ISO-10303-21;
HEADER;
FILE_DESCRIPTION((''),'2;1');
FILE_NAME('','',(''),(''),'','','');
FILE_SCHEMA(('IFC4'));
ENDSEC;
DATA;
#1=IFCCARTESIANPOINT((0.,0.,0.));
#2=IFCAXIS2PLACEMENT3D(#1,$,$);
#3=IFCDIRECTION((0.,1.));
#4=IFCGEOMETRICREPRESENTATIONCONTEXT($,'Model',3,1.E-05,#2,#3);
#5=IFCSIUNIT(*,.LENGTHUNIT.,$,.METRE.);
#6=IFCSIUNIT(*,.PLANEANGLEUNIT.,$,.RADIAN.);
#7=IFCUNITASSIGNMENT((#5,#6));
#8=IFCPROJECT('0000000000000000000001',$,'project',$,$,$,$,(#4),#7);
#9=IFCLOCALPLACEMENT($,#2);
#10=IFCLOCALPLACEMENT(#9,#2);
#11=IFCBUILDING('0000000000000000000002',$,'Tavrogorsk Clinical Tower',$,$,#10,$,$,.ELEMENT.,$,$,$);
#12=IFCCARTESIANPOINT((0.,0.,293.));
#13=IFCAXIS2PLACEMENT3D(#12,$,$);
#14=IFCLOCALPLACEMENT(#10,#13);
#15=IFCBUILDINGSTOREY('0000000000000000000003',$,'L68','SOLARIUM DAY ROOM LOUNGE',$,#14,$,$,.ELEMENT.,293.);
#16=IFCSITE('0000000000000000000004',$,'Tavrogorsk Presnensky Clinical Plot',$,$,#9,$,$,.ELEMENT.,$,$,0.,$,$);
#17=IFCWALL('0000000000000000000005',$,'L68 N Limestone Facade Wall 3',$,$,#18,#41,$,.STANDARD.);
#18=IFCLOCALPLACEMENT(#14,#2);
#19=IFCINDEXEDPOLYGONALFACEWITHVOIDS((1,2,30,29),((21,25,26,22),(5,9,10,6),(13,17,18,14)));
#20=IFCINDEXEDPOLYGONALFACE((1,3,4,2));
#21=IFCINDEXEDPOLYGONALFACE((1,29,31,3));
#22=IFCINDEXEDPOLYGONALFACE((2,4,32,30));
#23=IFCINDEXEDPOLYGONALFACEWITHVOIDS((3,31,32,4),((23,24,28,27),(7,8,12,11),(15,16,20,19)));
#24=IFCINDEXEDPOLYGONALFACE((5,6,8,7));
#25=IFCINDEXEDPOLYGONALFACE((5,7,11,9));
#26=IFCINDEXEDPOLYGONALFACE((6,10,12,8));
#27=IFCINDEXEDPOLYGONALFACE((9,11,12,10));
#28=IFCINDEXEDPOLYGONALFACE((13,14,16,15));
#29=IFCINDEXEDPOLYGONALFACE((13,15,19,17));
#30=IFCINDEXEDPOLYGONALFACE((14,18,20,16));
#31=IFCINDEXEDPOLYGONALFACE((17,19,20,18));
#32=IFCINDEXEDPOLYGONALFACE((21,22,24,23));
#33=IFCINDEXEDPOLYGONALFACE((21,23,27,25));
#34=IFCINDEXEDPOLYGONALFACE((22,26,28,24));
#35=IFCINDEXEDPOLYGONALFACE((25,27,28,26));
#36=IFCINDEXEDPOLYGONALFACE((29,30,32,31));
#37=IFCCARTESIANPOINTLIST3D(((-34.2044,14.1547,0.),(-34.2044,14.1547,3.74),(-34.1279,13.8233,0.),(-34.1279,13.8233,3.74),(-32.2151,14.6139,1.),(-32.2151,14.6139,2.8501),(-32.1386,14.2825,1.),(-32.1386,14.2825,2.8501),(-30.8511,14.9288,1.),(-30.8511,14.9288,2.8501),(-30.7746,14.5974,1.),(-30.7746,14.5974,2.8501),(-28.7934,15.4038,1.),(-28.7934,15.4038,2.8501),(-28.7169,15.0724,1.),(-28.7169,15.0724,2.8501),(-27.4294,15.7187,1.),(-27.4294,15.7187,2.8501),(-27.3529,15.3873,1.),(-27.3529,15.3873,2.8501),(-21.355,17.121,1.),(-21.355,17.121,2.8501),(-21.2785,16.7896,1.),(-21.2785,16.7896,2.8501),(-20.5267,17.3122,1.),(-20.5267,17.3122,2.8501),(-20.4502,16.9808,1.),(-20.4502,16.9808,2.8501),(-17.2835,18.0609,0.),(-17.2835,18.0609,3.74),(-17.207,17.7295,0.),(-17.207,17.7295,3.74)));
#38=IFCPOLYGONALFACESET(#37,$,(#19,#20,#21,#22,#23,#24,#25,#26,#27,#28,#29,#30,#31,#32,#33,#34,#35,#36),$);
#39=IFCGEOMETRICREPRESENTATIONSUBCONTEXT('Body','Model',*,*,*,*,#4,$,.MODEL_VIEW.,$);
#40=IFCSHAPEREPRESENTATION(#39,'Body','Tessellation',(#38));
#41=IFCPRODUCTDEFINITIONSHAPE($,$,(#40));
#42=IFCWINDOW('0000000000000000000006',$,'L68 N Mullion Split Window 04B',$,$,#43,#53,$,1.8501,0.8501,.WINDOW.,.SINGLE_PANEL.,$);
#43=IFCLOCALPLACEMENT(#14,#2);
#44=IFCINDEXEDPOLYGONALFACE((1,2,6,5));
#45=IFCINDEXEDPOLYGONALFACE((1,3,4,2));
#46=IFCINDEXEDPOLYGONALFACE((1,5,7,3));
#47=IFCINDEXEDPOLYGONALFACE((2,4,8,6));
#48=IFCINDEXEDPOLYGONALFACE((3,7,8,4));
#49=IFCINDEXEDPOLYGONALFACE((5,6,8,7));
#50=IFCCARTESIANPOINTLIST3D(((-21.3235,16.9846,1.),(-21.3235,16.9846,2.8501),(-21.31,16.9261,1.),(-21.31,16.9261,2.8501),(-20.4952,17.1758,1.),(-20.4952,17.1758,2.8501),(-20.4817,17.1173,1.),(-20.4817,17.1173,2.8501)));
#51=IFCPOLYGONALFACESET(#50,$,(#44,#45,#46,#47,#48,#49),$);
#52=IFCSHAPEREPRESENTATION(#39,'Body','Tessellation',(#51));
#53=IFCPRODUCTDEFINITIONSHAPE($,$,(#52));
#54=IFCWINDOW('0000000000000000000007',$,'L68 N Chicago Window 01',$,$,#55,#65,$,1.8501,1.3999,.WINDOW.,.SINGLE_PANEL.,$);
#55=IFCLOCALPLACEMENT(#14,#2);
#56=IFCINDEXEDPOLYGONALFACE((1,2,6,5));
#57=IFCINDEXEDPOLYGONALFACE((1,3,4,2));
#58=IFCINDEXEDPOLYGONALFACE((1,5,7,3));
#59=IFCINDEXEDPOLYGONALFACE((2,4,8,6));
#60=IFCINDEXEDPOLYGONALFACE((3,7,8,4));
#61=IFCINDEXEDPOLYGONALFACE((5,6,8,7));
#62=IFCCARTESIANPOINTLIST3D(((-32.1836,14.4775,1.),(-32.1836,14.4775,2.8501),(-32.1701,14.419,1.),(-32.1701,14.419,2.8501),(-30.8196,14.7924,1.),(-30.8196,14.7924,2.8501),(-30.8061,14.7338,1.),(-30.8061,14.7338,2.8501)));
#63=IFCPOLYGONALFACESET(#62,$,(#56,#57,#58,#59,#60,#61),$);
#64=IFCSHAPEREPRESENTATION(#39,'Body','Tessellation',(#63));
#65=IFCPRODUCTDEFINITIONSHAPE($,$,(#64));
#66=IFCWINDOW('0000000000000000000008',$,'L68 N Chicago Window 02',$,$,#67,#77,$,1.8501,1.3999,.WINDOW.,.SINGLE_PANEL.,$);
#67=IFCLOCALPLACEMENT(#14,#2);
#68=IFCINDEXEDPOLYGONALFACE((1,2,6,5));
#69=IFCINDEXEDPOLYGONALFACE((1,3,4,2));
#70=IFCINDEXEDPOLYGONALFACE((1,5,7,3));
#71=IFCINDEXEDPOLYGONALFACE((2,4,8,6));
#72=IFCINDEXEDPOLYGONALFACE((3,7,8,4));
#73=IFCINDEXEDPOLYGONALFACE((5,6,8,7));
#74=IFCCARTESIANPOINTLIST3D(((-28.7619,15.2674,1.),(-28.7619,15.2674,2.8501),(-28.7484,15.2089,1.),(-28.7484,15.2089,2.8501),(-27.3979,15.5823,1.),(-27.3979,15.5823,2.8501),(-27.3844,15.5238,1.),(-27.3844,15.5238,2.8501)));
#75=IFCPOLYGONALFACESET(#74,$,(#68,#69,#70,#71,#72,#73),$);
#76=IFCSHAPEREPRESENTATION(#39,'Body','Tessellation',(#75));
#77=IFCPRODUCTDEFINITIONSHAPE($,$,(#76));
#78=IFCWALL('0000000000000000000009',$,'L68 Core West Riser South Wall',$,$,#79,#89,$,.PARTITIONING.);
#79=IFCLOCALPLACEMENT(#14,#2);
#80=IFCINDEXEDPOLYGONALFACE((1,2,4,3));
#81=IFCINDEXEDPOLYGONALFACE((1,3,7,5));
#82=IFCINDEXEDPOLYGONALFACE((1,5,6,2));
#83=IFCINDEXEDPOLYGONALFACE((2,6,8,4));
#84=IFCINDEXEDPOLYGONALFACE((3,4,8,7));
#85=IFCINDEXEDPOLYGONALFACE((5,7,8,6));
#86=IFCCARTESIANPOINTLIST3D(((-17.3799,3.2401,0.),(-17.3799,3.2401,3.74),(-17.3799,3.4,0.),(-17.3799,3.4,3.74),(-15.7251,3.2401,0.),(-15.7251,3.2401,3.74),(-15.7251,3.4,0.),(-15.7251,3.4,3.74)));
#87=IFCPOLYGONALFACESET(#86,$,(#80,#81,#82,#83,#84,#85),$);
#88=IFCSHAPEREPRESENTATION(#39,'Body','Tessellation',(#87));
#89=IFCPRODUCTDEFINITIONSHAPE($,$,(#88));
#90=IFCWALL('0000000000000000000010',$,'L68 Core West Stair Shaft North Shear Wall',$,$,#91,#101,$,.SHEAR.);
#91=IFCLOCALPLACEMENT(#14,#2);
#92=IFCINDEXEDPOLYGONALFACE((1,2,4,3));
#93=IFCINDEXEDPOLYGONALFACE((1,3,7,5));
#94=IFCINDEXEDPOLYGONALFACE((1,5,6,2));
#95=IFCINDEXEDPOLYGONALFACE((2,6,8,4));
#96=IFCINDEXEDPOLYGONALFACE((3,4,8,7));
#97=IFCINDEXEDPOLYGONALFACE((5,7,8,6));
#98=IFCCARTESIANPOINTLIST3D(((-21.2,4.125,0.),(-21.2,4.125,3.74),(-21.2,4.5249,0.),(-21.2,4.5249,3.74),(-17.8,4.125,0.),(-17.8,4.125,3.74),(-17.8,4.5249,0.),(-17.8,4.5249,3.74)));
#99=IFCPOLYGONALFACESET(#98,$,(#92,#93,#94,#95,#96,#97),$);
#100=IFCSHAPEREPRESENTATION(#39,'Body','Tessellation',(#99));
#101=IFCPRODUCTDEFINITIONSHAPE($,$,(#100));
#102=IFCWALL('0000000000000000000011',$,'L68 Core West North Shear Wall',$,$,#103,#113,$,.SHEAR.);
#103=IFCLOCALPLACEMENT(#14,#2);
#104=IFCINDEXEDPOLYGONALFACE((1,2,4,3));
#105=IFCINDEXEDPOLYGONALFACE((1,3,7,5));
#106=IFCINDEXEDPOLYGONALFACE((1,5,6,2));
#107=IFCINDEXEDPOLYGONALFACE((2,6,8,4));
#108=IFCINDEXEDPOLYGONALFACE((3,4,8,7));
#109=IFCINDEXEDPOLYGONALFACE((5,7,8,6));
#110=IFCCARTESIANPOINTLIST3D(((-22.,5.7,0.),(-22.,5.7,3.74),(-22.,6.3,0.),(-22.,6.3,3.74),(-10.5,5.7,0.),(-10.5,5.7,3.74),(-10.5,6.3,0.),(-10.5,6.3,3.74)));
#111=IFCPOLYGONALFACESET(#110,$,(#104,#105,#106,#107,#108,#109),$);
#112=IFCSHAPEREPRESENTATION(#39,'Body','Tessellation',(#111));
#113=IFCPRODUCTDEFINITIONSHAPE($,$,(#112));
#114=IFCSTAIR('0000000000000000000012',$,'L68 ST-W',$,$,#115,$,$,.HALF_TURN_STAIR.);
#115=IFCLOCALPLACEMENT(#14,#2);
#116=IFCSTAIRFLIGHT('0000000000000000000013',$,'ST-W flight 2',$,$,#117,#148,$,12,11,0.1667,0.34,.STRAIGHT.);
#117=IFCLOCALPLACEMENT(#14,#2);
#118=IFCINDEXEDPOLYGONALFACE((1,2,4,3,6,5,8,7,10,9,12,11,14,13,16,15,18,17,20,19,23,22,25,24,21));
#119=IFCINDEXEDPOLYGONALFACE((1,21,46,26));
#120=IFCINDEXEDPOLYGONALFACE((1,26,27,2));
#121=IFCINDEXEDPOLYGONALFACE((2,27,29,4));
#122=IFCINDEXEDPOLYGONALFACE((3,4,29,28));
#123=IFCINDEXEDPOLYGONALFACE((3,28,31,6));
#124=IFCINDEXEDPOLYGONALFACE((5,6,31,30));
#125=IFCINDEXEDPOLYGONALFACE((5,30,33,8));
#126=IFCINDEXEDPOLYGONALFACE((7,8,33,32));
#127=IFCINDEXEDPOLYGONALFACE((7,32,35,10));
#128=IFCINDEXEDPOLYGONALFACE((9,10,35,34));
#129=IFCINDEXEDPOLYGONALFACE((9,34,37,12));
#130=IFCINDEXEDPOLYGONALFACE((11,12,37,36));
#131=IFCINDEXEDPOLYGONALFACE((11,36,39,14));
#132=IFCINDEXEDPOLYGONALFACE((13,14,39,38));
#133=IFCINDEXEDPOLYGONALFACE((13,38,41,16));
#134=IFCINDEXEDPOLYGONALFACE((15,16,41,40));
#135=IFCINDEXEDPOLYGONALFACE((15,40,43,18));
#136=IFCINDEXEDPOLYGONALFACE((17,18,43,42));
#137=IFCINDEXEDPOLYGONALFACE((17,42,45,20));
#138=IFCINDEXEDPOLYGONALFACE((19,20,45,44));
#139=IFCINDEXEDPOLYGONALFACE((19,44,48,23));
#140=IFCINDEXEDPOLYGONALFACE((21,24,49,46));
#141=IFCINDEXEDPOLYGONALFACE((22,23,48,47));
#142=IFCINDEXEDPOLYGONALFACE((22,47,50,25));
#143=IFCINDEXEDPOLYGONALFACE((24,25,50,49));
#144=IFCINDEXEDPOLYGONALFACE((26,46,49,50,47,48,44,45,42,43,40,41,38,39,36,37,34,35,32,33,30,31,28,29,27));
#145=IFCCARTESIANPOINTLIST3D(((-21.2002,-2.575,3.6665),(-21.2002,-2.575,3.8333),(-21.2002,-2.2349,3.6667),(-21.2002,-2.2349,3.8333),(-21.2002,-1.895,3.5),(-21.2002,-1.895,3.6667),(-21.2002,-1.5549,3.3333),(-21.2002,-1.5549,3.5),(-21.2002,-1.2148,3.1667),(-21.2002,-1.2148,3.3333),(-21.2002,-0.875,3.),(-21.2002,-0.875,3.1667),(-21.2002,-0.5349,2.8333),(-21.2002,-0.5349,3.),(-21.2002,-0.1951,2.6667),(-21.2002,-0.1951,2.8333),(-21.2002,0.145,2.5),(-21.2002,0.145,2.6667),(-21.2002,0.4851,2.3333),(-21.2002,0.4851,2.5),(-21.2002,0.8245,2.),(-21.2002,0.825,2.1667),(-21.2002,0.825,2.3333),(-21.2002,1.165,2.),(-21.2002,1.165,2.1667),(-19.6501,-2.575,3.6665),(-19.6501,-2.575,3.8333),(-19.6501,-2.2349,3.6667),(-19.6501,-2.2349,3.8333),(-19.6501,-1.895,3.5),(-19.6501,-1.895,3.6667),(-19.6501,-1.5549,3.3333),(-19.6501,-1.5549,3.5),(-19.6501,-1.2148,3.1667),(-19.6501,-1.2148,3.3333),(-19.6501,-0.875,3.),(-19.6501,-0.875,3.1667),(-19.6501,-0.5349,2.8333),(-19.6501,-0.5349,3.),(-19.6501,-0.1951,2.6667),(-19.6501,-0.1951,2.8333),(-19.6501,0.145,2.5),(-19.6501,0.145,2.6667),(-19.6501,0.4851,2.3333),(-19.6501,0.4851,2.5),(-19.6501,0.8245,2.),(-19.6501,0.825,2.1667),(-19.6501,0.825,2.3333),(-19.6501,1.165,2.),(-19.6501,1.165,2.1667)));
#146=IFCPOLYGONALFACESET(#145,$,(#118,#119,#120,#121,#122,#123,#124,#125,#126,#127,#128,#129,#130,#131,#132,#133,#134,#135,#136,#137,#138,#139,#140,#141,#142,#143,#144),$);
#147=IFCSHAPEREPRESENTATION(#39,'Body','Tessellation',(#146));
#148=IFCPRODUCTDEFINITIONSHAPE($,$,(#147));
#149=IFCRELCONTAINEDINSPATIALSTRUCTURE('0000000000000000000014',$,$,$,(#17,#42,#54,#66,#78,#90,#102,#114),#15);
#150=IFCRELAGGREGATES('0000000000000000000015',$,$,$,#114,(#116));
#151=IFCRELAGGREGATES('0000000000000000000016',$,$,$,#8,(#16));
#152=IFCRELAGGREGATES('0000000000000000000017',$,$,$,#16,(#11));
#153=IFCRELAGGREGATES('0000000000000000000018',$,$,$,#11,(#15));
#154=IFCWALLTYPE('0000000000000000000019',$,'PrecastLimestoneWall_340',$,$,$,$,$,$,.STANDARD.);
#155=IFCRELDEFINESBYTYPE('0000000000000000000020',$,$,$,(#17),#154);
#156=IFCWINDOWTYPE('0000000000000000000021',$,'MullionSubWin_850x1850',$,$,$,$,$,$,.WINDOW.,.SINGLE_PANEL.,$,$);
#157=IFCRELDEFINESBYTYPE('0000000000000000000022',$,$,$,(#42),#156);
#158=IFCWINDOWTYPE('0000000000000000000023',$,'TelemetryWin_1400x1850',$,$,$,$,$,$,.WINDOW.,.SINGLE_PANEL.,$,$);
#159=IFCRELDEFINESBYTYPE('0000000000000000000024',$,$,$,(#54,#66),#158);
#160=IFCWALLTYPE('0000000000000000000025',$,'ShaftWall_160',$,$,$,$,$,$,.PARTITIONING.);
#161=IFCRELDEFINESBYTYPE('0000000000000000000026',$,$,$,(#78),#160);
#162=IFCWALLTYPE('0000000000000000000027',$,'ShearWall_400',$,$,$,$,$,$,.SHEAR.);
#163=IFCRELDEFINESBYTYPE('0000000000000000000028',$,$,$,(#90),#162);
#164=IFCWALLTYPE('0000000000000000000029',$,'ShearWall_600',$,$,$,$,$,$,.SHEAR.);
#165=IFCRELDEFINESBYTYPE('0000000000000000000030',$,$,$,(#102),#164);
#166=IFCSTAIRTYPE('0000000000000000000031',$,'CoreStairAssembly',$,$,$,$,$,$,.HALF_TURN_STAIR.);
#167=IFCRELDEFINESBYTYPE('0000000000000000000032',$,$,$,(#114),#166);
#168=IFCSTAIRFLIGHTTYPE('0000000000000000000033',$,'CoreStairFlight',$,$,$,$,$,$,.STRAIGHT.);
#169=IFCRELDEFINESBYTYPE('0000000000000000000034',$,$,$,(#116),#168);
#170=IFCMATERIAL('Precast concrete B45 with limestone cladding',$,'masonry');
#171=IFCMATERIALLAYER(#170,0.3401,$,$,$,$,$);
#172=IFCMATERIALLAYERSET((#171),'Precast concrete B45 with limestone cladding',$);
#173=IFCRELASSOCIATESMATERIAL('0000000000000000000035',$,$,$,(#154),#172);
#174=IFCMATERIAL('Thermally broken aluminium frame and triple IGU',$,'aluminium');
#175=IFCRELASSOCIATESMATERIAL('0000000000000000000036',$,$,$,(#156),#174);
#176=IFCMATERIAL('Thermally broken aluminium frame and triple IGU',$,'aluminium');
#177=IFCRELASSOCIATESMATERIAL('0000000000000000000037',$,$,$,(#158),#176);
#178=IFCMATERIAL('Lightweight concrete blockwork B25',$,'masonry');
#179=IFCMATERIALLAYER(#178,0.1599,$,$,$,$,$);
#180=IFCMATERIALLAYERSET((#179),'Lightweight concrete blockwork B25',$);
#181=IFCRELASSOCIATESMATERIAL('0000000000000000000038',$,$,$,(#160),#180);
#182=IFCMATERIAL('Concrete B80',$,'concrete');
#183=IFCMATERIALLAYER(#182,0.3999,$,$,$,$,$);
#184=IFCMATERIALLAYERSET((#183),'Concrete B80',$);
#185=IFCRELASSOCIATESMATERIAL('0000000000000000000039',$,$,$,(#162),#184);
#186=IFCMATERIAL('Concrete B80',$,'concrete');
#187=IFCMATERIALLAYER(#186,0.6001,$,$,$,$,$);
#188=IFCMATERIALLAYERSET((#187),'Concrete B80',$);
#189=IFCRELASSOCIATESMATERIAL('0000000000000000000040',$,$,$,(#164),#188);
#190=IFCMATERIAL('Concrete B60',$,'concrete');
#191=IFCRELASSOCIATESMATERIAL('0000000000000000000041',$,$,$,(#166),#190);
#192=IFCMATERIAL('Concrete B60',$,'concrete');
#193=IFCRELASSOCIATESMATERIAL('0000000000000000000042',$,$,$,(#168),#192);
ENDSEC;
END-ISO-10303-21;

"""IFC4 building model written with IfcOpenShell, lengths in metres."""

from ifc_helpers import new_model, si_unit, direction, frame, frame_2d, origin, place, context, subcontext, project, spatial, polyline, rectangle, outline, extrude, material, layer, layer_set, type_object, element, fill, aggregate, save


model = new_model("IFC4")

# Units and contexts
model_context = context("Model", 3, precision=1e-05, world=origin(), true_north=direction((0.0, 1.0)))
body_context = subcontext(model_context, "Body", "Model", "MODEL_VIEW")
ifc_project = project(units=[si_unit("LENGTHUNIT", "METRE"), si_unit("PLANEANGLEUNIT", "RADIAN")], contexts=[model_context])

# Site, building, storey
site_placement = place(None, origin())
site = spatial("IfcSite", under=ifc_project, at=site_placement, Name="Tavrogorsk Presnensky Clinical Plot", CompositionType="ELEMENT", RefElevation=0.0)
building_placement = place(site_placement, origin())
building = spatial("IfcBuilding", under=site, at=building_placement, Name="Tavrogorsk Clinical Tower", CompositionType="ELEMENT")
storey_placement = place(building_placement, frame((0.0, 0.0, 293.0)))
storey = spatial("IfcBuildingStorey", under=building, at=storey_placement, Name="L68", Description="SOLARIUM DAY ROOM LOUNGE", CompositionType="ELEMENT", Elevation=293.0)

# Wall, openings, windows
ifc_material_1 = material(Name="Precast concrete B45 with limestone cladding", Category="masonry")
ifc_layer_1 = layer(ifc_material_1, 0.3401)
ifc_layer_set_1 = layer_set([ifc_layer_1], Name="Precast concrete B45 with limestone cladding")
wall_type_1 = type_object("IfcWallType", Name="PrecastLimestoneWall_340", PredefinedType="STANDARD", material=ifc_layer_set_1)
wall_1_placement = place(storey_placement, frame((-17.2451, 17.8953, 0.0), z_axis=(0.0, 0.0, 1.0), x_axis=(-0.974373, -0.224938, 0.0)))
wall_1 = element("IfcWall", 1, at=wall_1_placement, inside=storey, type_object=wall_type_1, Name="L68 N Limestone Facade Wall 3", PredefinedType="STANDARD", context=body_context, shape_type="SweptSolid", body=[
    extrude(rectangle(XDim=17.366, YDim=0.3401, at=frame_2d((8.6831, 0.0))), origin(), (0.0, 0.0, 1.0), 3.74),
])
opening_1_placement = place(wall_1_placement, frame((13.9246, 0.0, 1.0)))
opening_1 = element("IfcOpeningElement", 2, at=opening_1_placement, cuts=wall_1, PredefinedType="OPENING", context=body_context, shape_type="SweptSolid", body=[
    extrude(rectangle(XDim=1.3999, YDim=1.8501, at=frame_2d((0.7, 0.925))), frame((0.0, 0.1799, 0.0), z_axis=(0.0, -1.0, 0.0), x_axis=(1.0, 0.0, 0.0)), (0.0, 0.0, 1.0), 0.3601),
])
opening_2_placement = place(wall_1_placement, frame((10.4128, 0.0, 1.0)))
opening_2 = element("IfcOpeningElement", 3, at=opening_2_placement, cuts=wall_1, PredefinedType="OPENING", context=body_context, shape_type="SweptSolid", body=[
    extrude(rectangle(XDim=1.3999, YDim=1.8501, at=frame_2d((0.7, 0.925))), frame((0.0, 0.1799, 0.0), z_axis=(0.0, -1.0, 0.0), x_axis=(1.0, 0.0, 0.0)), (0.0, 0.0, 1.0), 0.3601),
])
opening_3_placement = place(wall_1_placement, frame((3.3286, 0.0, 1.0)))
opening_3 = element("IfcOpeningElement", 4, at=opening_3_placement, cuts=wall_1, PredefinedType="OPENING", context=body_context, shape_type="SweptSolid", body=[
    extrude(rectangle(XDim=0.8501, YDim=1.8501, at=frame_2d((0.425, 0.925))), frame((0.0, 0.1799, 0.0), z_axis=(0.0, -1.0, 0.0), x_axis=(1.0, 0.0, 0.0)), (0.0, 0.0, 1.0), 0.3601),
])
ifc_material_2 = material(Name="Thermally broken aluminium frame and triple IGU", Category="aluminium")
window_type_1 = type_object("IfcWindowType", Name="MullionSubWin_850x1850", PartitioningType="SINGLE_PANEL", PredefinedType="WINDOW", material=ifc_material_2)
window_1_placement = place(opening_3_placement, origin())
window_1 = element("IfcWindow", 5, at=window_1_placement, inside=storey, type_object=window_type_1, Name="L68 N Mullion Split Window 04B", OverallHeight=1.8501, OverallWidth=0.8501, PartitioningType="SINGLE_PANEL", PredefinedType="WINDOW", context=body_context, shape_type="SweptSolid", body=[
    extrude(rectangle(XDim=0.8501, YDim=1.8501, at=frame_2d((0.425, 0.925))), frame((0.0, 0.03, 0.0), z_axis=(0.0, -1.0, 0.0), x_axis=(1.0, 0.0, 0.0)), (0.0, 0.0, 1.0), 0.0601),
])
fill(opening_3, window_1)
ifc_material_3 = material(Name="Thermally broken aluminium frame and triple IGU", Category="aluminium")
window_type_2 = type_object("IfcWindowType", Name="TelemetryWin_1400x1850", PartitioningType="SINGLE_PANEL", PredefinedType="WINDOW", material=ifc_material_3)
window_2_placement = place(opening_1_placement, origin())
window_2 = element("IfcWindow", 6, at=window_2_placement, inside=storey, type_object=window_type_2, Name="L68 N Chicago Window 01", OverallHeight=1.8501, OverallWidth=1.3999, PartitioningType="SINGLE_PANEL", PredefinedType="WINDOW", context=body_context, shape_type="SweptSolid", body=[
    extrude(rectangle(XDim=1.3999, YDim=1.8501, at=frame_2d((0.7, 0.925))), frame((0.0, 0.03, 0.0), z_axis=(0.0, -1.0, 0.0), x_axis=(1.0, 0.0, 0.0)), (0.0, 0.0, 1.0), 0.0601),
])
fill(opening_1, window_2)
window_3_placement = place(opening_2_placement, origin())
window_3 = element("IfcWindow", 7, at=window_3_placement, inside=storey, type_object=window_type_2, Name="L68 N Chicago Window 02", OverallHeight=1.8501, OverallWidth=1.3999, PartitioningType="SINGLE_PANEL", PredefinedType="WINDOW", context=body_context, shape_type="SweptSolid", body=[
    extrude(rectangle(XDim=1.3999, YDim=1.8501, at=frame_2d((0.7, 0.925))), frame((0.0, 0.03, 0.0), z_axis=(0.0, -1.0, 0.0), x_axis=(1.0, 0.0, 0.0)), (0.0, 0.0, 1.0), 0.0601),
])
fill(opening_2, window_3)

# Walls
ifc_material_4 = material(Name="Lightweight concrete blockwork B25", Category="masonry")
ifc_layer_2 = layer(ifc_material_4, 0.1599)
ifc_layer_set_2 = layer_set([ifc_layer_2], Name="Lightweight concrete blockwork B25")
wall_type_2 = type_object("IfcWallType", Name="ShaftWall_160", PredefinedType="PARTITIONING", material=ifc_layer_set_2)
wall_2_placement = place(storey_placement, frame((-17.3799, 3.3201, 0.0), z_axis=(0.0, 0.0, 1.0), x_axis=(1.0, 0.0, 0.0)))
element("IfcWall", 8, at=wall_2_placement, inside=storey, type_object=wall_type_2, Name="L68 Core West Riser South Wall", PredefinedType="PARTITIONING", context=body_context, shape_type="SweptSolid", body=[
    extrude(rectangle(XDim=1.6548, YDim=0.1599, at=frame_2d((0.8274, 0.0))), origin(), (0.0, 0.0, 1.0), 3.74),
])
ifc_material_5 = material(Name="Concrete B80", Category="concrete")
ifc_layer_3 = layer(ifc_material_5, 0.3999)
ifc_layer_set_3 = layer_set([ifc_layer_3], Name="Concrete B80")
wall_type_3 = type_object("IfcWallType", Name="ShearWall_400", PredefinedType="SHEAR", material=ifc_layer_set_3)
wall_3_placement = place(storey_placement, frame((-21.2, 4.325, 0.0), z_axis=(0.0, 0.0, 1.0), x_axis=(1.0, 0.0, 0.0)))
element("IfcWall", 9, at=wall_3_placement, inside=storey, type_object=wall_type_3, Name="L68 Core West Stair Shaft North Shear Wall", PredefinedType="SHEAR", context=body_context, shape_type="SweptSolid", body=[
    extrude(rectangle(XDim=3.3999, YDim=0.3999, at=frame_2d((1.7, 0.0))), origin(), (0.0, 0.0, 1.0), 3.74),
])
ifc_material_6 = material(Name="Concrete B80", Category="concrete")
ifc_layer_4 = layer(ifc_material_6, 0.6001)
ifc_layer_set_4 = layer_set([ifc_layer_4], Name="Concrete B80")
wall_type_4 = type_object("IfcWallType", Name="ShearWall_600", PredefinedType="SHEAR", material=ifc_layer_set_4)
wall_4_placement = place(storey_placement, frame((-22.0, 6.0, 0.0), z_axis=(0.0, 0.0, 1.0), x_axis=(1.0, 0.0, 0.0)))
element("IfcWall", 10, at=wall_4_placement, inside=storey, type_object=wall_type_4, Name="L68 Core West North Shear Wall", PredefinedType="SHEAR", context=body_context, shape_type="SweptSolid", body=[
    extrude(rectangle(XDim=11.5, YDim=0.6001, at=frame_2d((5.75, 0.0))), origin(), (0.0, 0.0, 1.0), 3.74),
])

# Stair, stair flight
ifc_material_7 = material(Name="Concrete B60", Category="concrete")
stair_type = type_object("IfcStairType", Name="CoreStairAssembly", PredefinedType="HALF_TURN_STAIR", material=ifc_material_7)
stair_placement = place(storey_placement, origin())
stair = element("IfcStair", 11, at=stair_placement, inside=storey, type_object=stair_type, Name="L68 ST-W", PredefinedType="HALF_TURN_STAIR")
ifc_material_8 = material(Name="Concrete B60", Category="concrete")
stair_flight_type = type_object("IfcStairFlightType", Name="CoreStairFlight", PredefinedType="STRAIGHT", material=ifc_material_8)
stair_flight_placement = place(storey_placement, frame((-20.425, 1.165, 2.0), z_axis=(0.0, 0.0, 1.0), x_axis=(0.0, -1.0, 0.0)))
stair_flight = element("IfcStairFlight", 12, at=stair_flight_placement, type_object=stair_flight_type, Name="ST-W flight 2", NumberOfRisers=12, NumberOfTreads=11, PredefinedType="STRAIGHT", RiserHeight=0.1667, TreadLength=0.34, context=body_context, shape_type="SweptSolid", body=[
    extrude(outline(polyline([(0.0, 0.0), (0.0, 0.1667), (0.3401, 0.1667), (0.3401, 0.3333), (0.6799, 0.3333), (0.6799, 0.5), (1.02, 0.5), (1.02, 0.6667), (1.3601, 0.6667), (1.3601, 0.8333), (1.7, 0.8333), (1.7, 1.0), (2.04, 1.0), (2.04, 1.1667), (2.3799, 1.1667), (2.3799, 1.3333), (2.72, 1.3333), (2.72, 1.5), (3.0601, 1.5), (3.0601, 1.6667), (3.3999, 1.6667), (3.3999, 1.8333), (3.74, 1.8333), (3.74, 2.0), (3.74, 1.6665), (0.3406, 0.0), (0.0, 0.0)])), frame((0.0, 0.7749, 0.0), z_axis=(0.0, -1.0, 0.0), x_axis=(1.0, 0.0, 0.0)), (0.0, 0.0, 1.0), 1.55),
])
aggregate(stair, [stair_flight])

save(model, "model.ifc")
